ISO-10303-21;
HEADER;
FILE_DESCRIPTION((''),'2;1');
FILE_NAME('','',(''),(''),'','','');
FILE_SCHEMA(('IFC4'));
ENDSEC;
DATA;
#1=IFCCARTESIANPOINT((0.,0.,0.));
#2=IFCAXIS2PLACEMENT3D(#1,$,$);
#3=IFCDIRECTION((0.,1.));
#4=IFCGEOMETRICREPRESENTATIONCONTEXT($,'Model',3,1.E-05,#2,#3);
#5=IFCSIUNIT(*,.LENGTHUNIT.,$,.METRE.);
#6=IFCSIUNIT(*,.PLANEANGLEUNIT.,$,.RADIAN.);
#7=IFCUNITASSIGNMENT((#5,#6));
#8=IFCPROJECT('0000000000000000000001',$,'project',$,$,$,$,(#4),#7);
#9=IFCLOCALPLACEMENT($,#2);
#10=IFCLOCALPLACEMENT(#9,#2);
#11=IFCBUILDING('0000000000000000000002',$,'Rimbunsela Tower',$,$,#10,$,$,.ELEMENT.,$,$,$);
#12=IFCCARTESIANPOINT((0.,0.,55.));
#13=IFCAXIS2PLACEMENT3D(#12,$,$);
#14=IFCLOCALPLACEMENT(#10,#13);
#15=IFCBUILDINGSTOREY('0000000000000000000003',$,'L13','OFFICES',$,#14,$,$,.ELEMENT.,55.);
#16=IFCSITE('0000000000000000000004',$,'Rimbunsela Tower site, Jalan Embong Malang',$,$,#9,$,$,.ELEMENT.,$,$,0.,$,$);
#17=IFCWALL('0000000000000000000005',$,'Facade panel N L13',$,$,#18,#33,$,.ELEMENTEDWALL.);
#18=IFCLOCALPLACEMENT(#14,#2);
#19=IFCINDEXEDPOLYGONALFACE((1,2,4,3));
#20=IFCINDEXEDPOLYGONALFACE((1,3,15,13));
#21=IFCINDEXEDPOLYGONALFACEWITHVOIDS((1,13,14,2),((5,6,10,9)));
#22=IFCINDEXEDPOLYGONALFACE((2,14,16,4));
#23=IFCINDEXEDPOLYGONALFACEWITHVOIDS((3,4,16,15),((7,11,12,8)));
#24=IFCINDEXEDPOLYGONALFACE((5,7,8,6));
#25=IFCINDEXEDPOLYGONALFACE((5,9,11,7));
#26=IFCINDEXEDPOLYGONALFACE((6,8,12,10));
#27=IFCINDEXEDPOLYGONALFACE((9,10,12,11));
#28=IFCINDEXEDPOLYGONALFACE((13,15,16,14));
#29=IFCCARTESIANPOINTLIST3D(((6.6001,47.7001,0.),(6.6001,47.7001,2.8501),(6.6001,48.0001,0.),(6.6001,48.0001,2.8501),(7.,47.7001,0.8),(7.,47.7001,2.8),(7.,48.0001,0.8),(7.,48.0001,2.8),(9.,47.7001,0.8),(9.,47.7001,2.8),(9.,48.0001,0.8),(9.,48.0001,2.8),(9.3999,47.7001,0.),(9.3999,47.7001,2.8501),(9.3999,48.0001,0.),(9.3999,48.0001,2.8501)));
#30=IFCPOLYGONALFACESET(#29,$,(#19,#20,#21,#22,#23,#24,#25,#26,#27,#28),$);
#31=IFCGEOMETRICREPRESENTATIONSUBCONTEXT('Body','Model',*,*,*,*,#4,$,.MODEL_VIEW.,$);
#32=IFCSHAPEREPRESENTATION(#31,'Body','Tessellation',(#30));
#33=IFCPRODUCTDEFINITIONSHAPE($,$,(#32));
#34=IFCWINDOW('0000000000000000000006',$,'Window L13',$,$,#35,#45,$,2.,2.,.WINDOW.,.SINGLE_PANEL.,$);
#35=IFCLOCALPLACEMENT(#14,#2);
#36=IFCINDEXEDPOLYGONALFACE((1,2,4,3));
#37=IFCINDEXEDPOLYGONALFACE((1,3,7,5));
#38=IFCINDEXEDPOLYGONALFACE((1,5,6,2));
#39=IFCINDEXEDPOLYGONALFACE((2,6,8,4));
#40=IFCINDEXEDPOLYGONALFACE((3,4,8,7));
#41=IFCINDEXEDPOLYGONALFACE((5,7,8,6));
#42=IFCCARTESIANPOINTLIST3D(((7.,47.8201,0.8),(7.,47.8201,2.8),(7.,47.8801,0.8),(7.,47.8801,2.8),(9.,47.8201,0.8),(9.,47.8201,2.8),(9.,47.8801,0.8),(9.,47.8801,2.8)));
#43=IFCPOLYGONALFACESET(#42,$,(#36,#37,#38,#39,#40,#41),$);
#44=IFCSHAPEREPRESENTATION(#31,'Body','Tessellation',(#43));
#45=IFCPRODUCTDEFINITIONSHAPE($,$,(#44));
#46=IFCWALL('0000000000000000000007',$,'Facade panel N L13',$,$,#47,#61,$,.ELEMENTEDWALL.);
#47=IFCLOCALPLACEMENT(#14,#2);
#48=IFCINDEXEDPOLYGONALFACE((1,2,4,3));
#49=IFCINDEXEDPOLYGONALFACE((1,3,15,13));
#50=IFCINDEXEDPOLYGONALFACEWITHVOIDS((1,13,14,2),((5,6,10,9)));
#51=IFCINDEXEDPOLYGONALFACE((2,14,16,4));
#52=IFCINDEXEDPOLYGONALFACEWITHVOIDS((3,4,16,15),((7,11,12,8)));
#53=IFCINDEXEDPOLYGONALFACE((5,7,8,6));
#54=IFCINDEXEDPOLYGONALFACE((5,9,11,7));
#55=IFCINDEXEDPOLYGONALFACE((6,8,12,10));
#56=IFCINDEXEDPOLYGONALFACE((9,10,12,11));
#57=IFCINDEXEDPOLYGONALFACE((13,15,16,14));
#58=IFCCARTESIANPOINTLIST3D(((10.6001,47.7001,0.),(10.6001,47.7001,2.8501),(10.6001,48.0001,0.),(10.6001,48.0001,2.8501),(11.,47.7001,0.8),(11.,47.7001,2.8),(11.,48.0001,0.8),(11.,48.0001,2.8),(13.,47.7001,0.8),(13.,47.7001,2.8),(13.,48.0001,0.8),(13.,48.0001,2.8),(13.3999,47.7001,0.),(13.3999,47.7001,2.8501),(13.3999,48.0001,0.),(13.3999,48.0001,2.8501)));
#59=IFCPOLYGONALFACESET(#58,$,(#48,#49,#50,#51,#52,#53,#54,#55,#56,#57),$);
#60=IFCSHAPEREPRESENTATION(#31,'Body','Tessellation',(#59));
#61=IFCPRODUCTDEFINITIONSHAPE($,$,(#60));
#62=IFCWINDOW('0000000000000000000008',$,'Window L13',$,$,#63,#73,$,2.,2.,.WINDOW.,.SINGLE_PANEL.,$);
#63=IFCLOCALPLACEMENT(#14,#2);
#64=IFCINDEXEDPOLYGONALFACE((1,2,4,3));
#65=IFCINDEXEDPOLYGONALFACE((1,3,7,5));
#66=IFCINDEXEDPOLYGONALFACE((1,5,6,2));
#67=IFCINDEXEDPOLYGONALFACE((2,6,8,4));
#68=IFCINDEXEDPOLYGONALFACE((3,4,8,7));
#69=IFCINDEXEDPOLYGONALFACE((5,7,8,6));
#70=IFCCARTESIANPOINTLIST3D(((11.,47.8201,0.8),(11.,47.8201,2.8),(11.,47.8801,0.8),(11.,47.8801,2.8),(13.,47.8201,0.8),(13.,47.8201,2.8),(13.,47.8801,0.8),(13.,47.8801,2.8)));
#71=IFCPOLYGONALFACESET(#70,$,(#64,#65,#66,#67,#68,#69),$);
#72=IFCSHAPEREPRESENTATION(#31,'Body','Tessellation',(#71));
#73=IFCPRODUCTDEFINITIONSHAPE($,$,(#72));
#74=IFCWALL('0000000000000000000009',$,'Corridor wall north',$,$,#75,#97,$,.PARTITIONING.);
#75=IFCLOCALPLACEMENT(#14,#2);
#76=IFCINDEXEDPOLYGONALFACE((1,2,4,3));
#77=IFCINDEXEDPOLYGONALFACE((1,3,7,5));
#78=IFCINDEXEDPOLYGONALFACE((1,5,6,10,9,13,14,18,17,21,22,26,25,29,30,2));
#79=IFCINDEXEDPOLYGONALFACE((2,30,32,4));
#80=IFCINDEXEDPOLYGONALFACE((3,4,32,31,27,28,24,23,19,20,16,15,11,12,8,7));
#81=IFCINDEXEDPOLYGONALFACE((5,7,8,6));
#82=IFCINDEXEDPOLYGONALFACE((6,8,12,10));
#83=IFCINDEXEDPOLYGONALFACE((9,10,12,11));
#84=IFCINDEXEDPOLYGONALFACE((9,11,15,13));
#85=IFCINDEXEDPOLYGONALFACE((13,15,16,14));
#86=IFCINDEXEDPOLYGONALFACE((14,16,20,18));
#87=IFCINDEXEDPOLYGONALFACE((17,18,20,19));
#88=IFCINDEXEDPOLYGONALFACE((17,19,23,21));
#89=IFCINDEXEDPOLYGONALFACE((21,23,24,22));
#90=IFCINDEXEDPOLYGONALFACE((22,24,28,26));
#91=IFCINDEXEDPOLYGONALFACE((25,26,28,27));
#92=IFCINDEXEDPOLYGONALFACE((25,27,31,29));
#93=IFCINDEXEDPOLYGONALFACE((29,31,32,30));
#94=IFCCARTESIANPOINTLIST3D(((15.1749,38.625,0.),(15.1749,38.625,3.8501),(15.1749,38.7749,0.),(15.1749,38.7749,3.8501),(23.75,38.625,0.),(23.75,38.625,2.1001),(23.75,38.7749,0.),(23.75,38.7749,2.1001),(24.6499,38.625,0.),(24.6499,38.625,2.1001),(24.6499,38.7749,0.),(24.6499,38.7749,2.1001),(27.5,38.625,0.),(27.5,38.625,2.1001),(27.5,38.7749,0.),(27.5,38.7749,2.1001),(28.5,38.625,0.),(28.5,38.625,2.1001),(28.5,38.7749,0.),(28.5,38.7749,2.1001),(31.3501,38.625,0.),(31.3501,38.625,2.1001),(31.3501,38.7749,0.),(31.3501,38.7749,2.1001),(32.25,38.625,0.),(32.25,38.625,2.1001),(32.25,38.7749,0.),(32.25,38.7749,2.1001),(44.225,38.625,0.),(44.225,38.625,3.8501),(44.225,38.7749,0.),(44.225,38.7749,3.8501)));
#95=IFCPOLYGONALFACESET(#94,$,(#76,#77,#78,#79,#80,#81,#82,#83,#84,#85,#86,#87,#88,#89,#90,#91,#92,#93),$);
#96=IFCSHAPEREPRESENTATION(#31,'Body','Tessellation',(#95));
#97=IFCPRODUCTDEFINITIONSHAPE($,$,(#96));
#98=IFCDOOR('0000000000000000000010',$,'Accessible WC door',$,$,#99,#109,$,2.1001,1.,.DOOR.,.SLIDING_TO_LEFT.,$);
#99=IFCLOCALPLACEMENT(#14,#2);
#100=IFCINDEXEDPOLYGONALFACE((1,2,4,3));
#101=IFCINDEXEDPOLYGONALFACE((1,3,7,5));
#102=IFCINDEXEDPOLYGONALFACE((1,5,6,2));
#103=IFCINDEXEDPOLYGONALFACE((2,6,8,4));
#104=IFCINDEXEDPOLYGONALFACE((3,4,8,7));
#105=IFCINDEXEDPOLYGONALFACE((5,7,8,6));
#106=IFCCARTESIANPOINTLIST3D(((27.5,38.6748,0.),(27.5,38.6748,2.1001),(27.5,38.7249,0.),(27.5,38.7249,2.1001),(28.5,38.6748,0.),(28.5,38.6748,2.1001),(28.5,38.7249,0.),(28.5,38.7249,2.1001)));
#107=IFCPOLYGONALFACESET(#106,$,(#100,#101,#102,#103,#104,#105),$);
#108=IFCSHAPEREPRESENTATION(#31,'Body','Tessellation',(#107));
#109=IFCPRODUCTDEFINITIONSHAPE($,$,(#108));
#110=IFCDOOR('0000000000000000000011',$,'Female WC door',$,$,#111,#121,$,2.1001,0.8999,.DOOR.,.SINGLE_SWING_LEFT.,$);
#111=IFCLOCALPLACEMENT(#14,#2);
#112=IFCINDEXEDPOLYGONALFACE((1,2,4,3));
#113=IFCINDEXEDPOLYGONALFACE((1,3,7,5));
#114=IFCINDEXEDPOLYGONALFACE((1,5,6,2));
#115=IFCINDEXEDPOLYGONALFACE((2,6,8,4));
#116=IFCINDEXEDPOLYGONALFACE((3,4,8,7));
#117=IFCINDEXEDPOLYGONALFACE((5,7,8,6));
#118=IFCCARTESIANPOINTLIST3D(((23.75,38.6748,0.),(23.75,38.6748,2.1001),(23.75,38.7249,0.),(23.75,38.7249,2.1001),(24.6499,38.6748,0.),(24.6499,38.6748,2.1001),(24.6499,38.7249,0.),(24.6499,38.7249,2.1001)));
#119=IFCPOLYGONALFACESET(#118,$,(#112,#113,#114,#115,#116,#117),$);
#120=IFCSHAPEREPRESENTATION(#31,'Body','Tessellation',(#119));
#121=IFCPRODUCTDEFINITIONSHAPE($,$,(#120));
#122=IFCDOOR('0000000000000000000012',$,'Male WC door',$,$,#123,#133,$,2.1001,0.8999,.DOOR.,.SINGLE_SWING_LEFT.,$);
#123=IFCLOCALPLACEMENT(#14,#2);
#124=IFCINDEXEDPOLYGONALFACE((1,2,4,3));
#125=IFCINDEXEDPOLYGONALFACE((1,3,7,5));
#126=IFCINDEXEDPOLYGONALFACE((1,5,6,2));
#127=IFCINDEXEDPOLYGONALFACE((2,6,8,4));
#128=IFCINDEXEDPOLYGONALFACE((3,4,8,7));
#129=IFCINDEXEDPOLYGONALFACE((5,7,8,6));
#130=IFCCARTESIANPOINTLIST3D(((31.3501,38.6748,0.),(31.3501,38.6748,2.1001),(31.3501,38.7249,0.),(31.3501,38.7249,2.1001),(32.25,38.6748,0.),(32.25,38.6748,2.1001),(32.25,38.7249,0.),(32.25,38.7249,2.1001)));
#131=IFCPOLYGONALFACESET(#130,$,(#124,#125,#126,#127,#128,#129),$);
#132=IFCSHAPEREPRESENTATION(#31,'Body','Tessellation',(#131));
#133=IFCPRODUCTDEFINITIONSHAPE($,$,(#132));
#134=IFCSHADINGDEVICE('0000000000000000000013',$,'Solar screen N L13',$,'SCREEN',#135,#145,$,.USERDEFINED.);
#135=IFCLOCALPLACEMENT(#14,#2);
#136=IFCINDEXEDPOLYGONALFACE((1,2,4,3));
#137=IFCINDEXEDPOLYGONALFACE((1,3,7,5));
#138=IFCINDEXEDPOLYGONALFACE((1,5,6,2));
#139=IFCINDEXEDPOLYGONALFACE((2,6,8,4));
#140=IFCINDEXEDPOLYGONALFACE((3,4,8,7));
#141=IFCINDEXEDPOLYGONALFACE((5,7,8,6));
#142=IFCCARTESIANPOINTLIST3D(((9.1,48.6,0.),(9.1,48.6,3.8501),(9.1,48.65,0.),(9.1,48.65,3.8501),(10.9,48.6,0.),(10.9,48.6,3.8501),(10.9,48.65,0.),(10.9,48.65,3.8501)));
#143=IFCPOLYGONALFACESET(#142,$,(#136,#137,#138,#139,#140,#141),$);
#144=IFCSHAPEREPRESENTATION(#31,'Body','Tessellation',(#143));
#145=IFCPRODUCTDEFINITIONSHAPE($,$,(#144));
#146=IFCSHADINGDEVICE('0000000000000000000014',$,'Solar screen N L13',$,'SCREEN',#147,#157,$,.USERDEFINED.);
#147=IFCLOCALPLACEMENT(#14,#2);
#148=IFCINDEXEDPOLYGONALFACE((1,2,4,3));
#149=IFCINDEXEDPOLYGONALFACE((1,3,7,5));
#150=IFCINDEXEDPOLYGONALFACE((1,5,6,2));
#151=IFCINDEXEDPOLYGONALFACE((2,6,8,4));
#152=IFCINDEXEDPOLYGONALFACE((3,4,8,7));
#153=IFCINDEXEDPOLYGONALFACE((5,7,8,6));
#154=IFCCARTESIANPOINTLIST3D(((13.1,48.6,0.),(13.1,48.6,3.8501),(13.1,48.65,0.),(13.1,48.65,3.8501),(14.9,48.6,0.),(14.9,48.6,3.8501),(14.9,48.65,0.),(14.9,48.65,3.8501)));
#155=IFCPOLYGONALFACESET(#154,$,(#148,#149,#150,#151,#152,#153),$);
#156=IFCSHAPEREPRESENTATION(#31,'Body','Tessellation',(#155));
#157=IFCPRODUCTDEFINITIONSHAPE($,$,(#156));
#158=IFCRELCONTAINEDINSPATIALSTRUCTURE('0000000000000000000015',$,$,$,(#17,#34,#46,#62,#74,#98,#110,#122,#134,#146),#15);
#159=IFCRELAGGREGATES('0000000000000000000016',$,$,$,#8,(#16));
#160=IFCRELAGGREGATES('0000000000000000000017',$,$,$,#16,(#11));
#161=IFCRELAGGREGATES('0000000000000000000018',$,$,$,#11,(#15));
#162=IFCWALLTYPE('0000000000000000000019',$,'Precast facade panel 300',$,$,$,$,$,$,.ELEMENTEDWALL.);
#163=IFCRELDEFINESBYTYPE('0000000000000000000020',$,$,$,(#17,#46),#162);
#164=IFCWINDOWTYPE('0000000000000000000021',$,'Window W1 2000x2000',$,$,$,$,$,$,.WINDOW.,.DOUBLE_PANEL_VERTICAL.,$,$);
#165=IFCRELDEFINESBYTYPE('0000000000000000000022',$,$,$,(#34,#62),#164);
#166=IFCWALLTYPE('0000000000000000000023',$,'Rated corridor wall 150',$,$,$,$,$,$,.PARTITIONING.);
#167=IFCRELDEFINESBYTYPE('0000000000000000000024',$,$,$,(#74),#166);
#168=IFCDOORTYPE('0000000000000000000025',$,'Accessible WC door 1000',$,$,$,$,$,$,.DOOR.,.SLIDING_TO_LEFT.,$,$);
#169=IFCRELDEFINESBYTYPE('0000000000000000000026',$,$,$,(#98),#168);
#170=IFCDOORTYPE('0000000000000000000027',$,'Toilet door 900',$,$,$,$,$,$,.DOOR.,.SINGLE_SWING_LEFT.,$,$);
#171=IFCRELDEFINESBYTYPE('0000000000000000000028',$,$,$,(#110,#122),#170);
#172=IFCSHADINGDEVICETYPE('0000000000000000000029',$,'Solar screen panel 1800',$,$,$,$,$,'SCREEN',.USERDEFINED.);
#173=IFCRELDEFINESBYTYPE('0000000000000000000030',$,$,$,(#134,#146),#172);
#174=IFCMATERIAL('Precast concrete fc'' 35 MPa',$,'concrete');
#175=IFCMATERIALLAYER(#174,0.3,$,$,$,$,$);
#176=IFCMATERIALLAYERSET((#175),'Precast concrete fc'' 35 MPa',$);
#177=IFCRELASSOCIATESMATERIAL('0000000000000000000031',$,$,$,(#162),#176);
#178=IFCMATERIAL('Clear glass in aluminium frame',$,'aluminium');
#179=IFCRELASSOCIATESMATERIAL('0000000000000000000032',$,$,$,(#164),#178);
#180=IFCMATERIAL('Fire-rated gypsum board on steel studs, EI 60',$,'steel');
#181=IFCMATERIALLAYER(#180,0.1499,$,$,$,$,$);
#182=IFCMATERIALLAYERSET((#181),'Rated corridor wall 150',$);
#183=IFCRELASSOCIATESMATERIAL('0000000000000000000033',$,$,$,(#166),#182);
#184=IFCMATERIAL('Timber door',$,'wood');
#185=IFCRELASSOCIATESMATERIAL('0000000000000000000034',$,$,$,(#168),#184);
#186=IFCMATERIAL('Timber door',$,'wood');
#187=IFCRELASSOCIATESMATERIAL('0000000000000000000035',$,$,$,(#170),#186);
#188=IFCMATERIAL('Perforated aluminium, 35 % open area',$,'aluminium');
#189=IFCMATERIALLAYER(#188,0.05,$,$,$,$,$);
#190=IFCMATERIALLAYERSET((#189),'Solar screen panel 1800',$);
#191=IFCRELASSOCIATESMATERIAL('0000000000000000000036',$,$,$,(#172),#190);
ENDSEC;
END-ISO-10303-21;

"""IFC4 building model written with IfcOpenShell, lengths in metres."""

from ifc_helpers import new_model, si_unit, direction, frame, frame_2d, origin, origin_2d, place, context, subcontext, project, spatial, rectangle, extrude, material, layer, layer_set, type_object, element, fill, save


model = new_model("IFC4")

# Units and contexts
model_context = context("Model", 3, precision=1e-05, world=origin(), true_north=direction((0.0, 1.0)))
body_context = subcontext(model_context, "Body", "Model", "MODEL_VIEW")
ifc_project = project(units=[si_unit("LENGTHUNIT", "METRE"), si_unit("PLANEANGLEUNIT", "RADIAN")], contexts=[model_context])

# Site, building, storey
site_placement = place(None, origin())
site = spatial("IfcSite", under=ifc_project, at=site_placement, Name="Rimbunsela Tower site, Jalan Embong Malang", CompositionType="ELEMENT", RefElevation=0.0)
building_placement = place(site_placement, origin())
building = spatial("IfcBuilding", under=site, at=building_placement, Name="Rimbunsela Tower", CompositionType="ELEMENT")
storey_placement = place(building_placement, frame((0.0, 0.0, 55.0)))
storey = spatial("IfcBuildingStorey", under=building, at=storey_placement, Name="L13", Description="OFFICES", CompositionType="ELEMENT", Elevation=55.0)

# Walls, openings, windows
ifc_material_1 = material(Name="Precast concrete fc' 35 MPa", Category="concrete")
ifc_layer_1 = layer(ifc_material_1, 0.3)
ifc_layer_set_1 = layer_set([ifc_layer_1], Name="Precast concrete fc' 35 MPa")
wall_type_1 = type_object("IfcWallType", Name="Precast facade panel 300", PredefinedType="ELEMENTEDWALL", material=ifc_layer_set_1)
wall_1_placement = place(storey_placement, frame((9.3999, 47.8501, 0.0), z_axis=(0.0, 0.0, 1.0), x_axis=(-1.0, 0.0, 0.0)))
wall_1 = element("IfcWall", 1, at=wall_1_placement, inside=storey, type_object=wall_type_1, Name="Facade panel N L13", PredefinedType="ELEMENTEDWALL", context=body_context, shape_type="SweptSolid", body=[
    extrude(rectangle(XDim=2.7998, YDim=0.3, at=frame_2d((1.3999, 0.0))), origin(), (0.0, 0.0, 1.0), 2.8501),
])
opening_1_placement = place(wall_1_placement, frame((0.3999, 0.0, 0.8)))
opening_1 = element("IfcOpeningElement", 2, at=opening_1_placement, cuts=wall_1, PredefinedType="OPENING", context=body_context, shape_type="SweptSolid", body=[
    extrude(rectangle(XDim=2.0, YDim=2.0, at=frame_2d((1.0, 1.0))), frame((0.0, 0.1599, 0.0), z_axis=(0.0, -1.0, 0.0), x_axis=(1.0, 0.0, 0.0)), (0.0, 0.0, 1.0), 0.3201),
])
ifc_material_2 = material(Name="Clear glass in aluminium frame", Category="aluminium")
window_type = type_object("IfcWindowType", Name="Window W1 2000x2000", PartitioningType="DOUBLE_PANEL_VERTICAL", PredefinedType="WINDOW", material=ifc_material_2)
window_1_placement = place(opening_1_placement, origin())
window_1 = element("IfcWindow", 3, at=window_1_placement, inside=storey, type_object=window_type, Name="Window L13", OverallHeight=2.0, OverallWidth=2.0, PartitioningType="SINGLE_PANEL", PredefinedType="WINDOW", context=body_context, shape_type="SweptSolid", body=[
    extrude(rectangle(XDim=2.0, YDim=2.0, at=frame_2d((1.0, 1.0))), frame((0.0, 0.03, 0.0), z_axis=(0.0, -1.0, 0.0), x_axis=(1.0, 0.0, 0.0)), (0.0, 0.0, 1.0), 0.0601),
])
fill(opening_1, window_1)
wall_2_placement = place(storey_placement, frame((13.3999, 47.8501, 0.0), z_axis=(0.0, 0.0, 1.0), x_axis=(-1.0, 0.0, 0.0)))
wall_2 = element("IfcWall", 4, at=wall_2_placement, inside=storey, type_object=wall_type_1, Name="Facade panel N L13", PredefinedType="ELEMENTEDWALL", context=body_context, shape_type="SweptSolid", body=[
    extrude(rectangle(XDim=2.7998, YDim=0.3, at=frame_2d((1.3999, 0.0))), origin(), (0.0, 0.0, 1.0), 2.8501),
])
opening_2_placement = place(wall_2_placement, frame((0.3999, 0.0, 0.8)))
opening_2 = element("IfcOpeningElement", 5, at=opening_2_placement, cuts=wall_2, PredefinedType="OPENING", context=body_context, shape_type="SweptSolid", body=[
    extrude(rectangle(XDim=2.0, YDim=2.0, at=frame_2d((1.0, 1.0))), frame((0.0, 0.1599, 0.0), z_axis=(0.0, -1.0, 0.0), x_axis=(1.0, 0.0, 0.0)), (0.0, 0.0, 1.0), 0.3201),
])
window_2_placement = place(opening_2_placement, origin())
window_2 = element("IfcWindow", 6, at=window_2_placement, inside=storey, type_object=window_type, Name="Window L13", OverallHeight=2.0, OverallWidth=2.0, PartitioningType="SINGLE_PANEL", PredefinedType="WINDOW", context=body_context, shape_type="SweptSolid", body=[
    extrude(rectangle(XDim=2.0, YDim=2.0, at=frame_2d((1.0, 1.0))), frame((0.0, 0.03, 0.0), z_axis=(0.0, -1.0, 0.0), x_axis=(1.0, 0.0, 0.0)), (0.0, 0.0, 1.0), 0.0601),
])
fill(opening_2, window_2)

# Wall, openings, doors
ifc_material_3 = material(Name="Fire-rated gypsum board on steel studs, EI 60", Category="steel")
ifc_layer_2 = layer(ifc_material_3, 0.1499)
ifc_layer_set_2 = layer_set([ifc_layer_2], Name="Rated corridor wall 150")
wall_type_2 = type_object("IfcWallType", Name="Rated corridor wall 150", PredefinedType="PARTITIONING", material=ifc_layer_set_2)
wall_3_placement = place(storey_placement, frame((15.175, 38.7, 0.0), z_axis=(0.0, 0.0, 1.0), x_axis=(1.0, 0.0, 0.0)))
wall_3 = element("IfcWall", 7, at=wall_3_placement, inside=storey, type_object=wall_type_2, Name="Corridor wall north", PredefinedType="PARTITIONING", context=body_context, shape_type="SweptSolid", body=[
    extrude(rectangle(XDim=29.05, YDim=0.1499, at=frame_2d((14.5249, 0.0))), origin(), (0.0, 0.0, 1.0), 3.8501),
])
opening_3_placement = place(wall_3_placement, frame((8.575, 0.0, 0.0)))
opening_3 = element("IfcOpeningElement", 8, at=opening_3_placement, cuts=wall_3, PredefinedType="OPENING", context=body_context, shape_type="SweptSolid", body=[
    extrude(rectangle(XDim=0.8999, YDim=2.1001, at=frame_2d((0.45, 1.05))), frame((0.0, 0.085, 0.0), z_axis=(0.0, -1.0, 0.0), x_axis=(1.0, 0.0, 0.0)), (0.0, 0.0, 1.0), 0.1699),
])
opening_4_placement = place(wall_3_placement, frame((12.325, 0.0, 0.0)))
opening_4 = element("IfcOpeningElement", 9, at=opening_4_placement, cuts=wall_3, PredefinedType="OPENING", context=body_context, shape_type="SweptSolid", body=[
    extrude(rectangle(XDim=1.0, YDim=2.1001, at=frame_2d((0.5, 1.05))), frame((0.0, 0.085, 0.0), z_axis=(0.0, -1.0, 0.0), x_axis=(1.0, 0.0, 0.0)), (0.0, 0.0, 1.0), 0.1699),
])
opening_5_placement = place(wall_3_placement, frame((16.175, 0.0, 0.0)))
opening_5 = element("IfcOpeningElement", 10, at=opening_5_placement, cuts=wall_3, PredefinedType="OPENING", context=body_context, shape_type="SweptSolid", body=[
    extrude(rectangle(XDim=0.8999, YDim=2.1001, at=frame_2d((0.45, 1.05))), frame((0.0, 0.085, 0.0), z_axis=(0.0, -1.0, 0.0), x_axis=(1.0, 0.0, 0.0)), (0.0, 0.0, 1.0), 0.1699),
])
ifc_material_4 = material(Name="Timber door", Category="wood")
door_type_1 = type_object("IfcDoorType", Name="Accessible WC door 1000", OperationType="SLIDING_TO_LEFT", PredefinedType="DOOR", material=ifc_material_4)
door_1_placement = place(opening_4_placement, origin())
door_1 = element("IfcDoor", 11, at=door_1_placement, inside=storey, type_object=door_type_1, Name="Accessible WC door", OperationType="SLIDING_TO_LEFT", OverallHeight=2.1001, OverallWidth=1.0, PredefinedType="DOOR", context=body_context, shape_type="SweptSolid", body=[
    extrude(rectangle(XDim=1.0, YDim=2.1001, at=frame_2d((0.5, 1.05))), frame((0.0, 0.0249, 0.0), z_axis=(0.0, -1.0, 0.0), x_axis=(1.0, 0.0, 0.0)), (0.0, 0.0, 1.0), 0.05),
])
fill(opening_4, door_1)
ifc_material_5 = material(Name="Timber door", Category="wood")
door_type_2 = type_object("IfcDoorType", Name="Toilet door 900", OperationType="SINGLE_SWING_LEFT", PredefinedType="DOOR", material=ifc_material_5)
door_2_placement = place(opening_3_placement, origin())
door_2 = element("IfcDoor", 12, at=door_2_placement, inside=storey, type_object=door_type_2, Name="Female WC door", OperationType="SINGLE_SWING_LEFT", OverallHeight=2.1001, OverallWidth=0.8999, PredefinedType="DOOR", context=body_context, shape_type="SweptSolid", body=[
    extrude(rectangle(XDim=0.8999, YDim=2.1001, at=frame_2d((0.45, 1.05))), frame((0.0, 0.0249, 0.0), z_axis=(0.0, -1.0, 0.0), x_axis=(1.0, 0.0, 0.0)), (0.0, 0.0, 1.0), 0.05),
])
fill(opening_3, door_2)
door_3_placement = place(opening_5_placement, origin())
door_3 = element("IfcDoor", 13, at=door_3_placement, inside=storey, type_object=door_type_2, Name="Male WC door", OperationType="SINGLE_SWING_LEFT", OverallHeight=2.1001, OverallWidth=0.8999, PredefinedType="DOOR", context=body_context, shape_type="SweptSolid", body=[
    extrude(rectangle(XDim=0.8999, YDim=2.1001, at=frame_2d((0.45, 1.05))), frame((0.0, 0.0249, 0.0), z_axis=(0.0, -1.0, 0.0), x_axis=(1.0, 0.0, 0.0)), (0.0, 0.0, 1.0), 0.05),
])
fill(opening_5, door_3)

# Shading devices
ifc_material_6 = material(Name="Perforated aluminium, 35 % open area", Category="aluminium")
ifc_layer_3 = layer(ifc_material_6, 0.05)
ifc_layer_set_3 = layer_set([ifc_layer_3], Name="Solar screen panel 1800")
shading_device_type = type_object("IfcShadingDeviceType", Name="Solar screen panel 1800", ElementType="SCREEN", PredefinedType="USERDEFINED", material=ifc_layer_set_3)
for number, where, z_axis, x_axis, name in (
    (14, (10.0, 48.625, 0.0), (0.0, 0.0, 1.0), (1.0, 0.0, 0.0), "Solar screen N L13"),
    (15, (14.0, 48.625, 0.0), (0.0, 0.0, 1.0), (1.0, 0.0, 0.0), "Solar screen N L13"),
):
    element("IfcShadingDevice", number, at=place(storey_placement, frame(where, z_axis=z_axis, x_axis=x_axis)), inside=storey, type_object=shading_device_type, Name=name, ObjectType="SCREEN", PredefinedType="USERDEFINED", context=body_context, shape_type="SweptSolid", body=[
        extrude(rectangle(XDim=1.8, YDim=0.05, at=origin_2d()), origin(), (0.0, 0.0, 1.0), 3.8501),
    ])

save(model, "model.ifc")
